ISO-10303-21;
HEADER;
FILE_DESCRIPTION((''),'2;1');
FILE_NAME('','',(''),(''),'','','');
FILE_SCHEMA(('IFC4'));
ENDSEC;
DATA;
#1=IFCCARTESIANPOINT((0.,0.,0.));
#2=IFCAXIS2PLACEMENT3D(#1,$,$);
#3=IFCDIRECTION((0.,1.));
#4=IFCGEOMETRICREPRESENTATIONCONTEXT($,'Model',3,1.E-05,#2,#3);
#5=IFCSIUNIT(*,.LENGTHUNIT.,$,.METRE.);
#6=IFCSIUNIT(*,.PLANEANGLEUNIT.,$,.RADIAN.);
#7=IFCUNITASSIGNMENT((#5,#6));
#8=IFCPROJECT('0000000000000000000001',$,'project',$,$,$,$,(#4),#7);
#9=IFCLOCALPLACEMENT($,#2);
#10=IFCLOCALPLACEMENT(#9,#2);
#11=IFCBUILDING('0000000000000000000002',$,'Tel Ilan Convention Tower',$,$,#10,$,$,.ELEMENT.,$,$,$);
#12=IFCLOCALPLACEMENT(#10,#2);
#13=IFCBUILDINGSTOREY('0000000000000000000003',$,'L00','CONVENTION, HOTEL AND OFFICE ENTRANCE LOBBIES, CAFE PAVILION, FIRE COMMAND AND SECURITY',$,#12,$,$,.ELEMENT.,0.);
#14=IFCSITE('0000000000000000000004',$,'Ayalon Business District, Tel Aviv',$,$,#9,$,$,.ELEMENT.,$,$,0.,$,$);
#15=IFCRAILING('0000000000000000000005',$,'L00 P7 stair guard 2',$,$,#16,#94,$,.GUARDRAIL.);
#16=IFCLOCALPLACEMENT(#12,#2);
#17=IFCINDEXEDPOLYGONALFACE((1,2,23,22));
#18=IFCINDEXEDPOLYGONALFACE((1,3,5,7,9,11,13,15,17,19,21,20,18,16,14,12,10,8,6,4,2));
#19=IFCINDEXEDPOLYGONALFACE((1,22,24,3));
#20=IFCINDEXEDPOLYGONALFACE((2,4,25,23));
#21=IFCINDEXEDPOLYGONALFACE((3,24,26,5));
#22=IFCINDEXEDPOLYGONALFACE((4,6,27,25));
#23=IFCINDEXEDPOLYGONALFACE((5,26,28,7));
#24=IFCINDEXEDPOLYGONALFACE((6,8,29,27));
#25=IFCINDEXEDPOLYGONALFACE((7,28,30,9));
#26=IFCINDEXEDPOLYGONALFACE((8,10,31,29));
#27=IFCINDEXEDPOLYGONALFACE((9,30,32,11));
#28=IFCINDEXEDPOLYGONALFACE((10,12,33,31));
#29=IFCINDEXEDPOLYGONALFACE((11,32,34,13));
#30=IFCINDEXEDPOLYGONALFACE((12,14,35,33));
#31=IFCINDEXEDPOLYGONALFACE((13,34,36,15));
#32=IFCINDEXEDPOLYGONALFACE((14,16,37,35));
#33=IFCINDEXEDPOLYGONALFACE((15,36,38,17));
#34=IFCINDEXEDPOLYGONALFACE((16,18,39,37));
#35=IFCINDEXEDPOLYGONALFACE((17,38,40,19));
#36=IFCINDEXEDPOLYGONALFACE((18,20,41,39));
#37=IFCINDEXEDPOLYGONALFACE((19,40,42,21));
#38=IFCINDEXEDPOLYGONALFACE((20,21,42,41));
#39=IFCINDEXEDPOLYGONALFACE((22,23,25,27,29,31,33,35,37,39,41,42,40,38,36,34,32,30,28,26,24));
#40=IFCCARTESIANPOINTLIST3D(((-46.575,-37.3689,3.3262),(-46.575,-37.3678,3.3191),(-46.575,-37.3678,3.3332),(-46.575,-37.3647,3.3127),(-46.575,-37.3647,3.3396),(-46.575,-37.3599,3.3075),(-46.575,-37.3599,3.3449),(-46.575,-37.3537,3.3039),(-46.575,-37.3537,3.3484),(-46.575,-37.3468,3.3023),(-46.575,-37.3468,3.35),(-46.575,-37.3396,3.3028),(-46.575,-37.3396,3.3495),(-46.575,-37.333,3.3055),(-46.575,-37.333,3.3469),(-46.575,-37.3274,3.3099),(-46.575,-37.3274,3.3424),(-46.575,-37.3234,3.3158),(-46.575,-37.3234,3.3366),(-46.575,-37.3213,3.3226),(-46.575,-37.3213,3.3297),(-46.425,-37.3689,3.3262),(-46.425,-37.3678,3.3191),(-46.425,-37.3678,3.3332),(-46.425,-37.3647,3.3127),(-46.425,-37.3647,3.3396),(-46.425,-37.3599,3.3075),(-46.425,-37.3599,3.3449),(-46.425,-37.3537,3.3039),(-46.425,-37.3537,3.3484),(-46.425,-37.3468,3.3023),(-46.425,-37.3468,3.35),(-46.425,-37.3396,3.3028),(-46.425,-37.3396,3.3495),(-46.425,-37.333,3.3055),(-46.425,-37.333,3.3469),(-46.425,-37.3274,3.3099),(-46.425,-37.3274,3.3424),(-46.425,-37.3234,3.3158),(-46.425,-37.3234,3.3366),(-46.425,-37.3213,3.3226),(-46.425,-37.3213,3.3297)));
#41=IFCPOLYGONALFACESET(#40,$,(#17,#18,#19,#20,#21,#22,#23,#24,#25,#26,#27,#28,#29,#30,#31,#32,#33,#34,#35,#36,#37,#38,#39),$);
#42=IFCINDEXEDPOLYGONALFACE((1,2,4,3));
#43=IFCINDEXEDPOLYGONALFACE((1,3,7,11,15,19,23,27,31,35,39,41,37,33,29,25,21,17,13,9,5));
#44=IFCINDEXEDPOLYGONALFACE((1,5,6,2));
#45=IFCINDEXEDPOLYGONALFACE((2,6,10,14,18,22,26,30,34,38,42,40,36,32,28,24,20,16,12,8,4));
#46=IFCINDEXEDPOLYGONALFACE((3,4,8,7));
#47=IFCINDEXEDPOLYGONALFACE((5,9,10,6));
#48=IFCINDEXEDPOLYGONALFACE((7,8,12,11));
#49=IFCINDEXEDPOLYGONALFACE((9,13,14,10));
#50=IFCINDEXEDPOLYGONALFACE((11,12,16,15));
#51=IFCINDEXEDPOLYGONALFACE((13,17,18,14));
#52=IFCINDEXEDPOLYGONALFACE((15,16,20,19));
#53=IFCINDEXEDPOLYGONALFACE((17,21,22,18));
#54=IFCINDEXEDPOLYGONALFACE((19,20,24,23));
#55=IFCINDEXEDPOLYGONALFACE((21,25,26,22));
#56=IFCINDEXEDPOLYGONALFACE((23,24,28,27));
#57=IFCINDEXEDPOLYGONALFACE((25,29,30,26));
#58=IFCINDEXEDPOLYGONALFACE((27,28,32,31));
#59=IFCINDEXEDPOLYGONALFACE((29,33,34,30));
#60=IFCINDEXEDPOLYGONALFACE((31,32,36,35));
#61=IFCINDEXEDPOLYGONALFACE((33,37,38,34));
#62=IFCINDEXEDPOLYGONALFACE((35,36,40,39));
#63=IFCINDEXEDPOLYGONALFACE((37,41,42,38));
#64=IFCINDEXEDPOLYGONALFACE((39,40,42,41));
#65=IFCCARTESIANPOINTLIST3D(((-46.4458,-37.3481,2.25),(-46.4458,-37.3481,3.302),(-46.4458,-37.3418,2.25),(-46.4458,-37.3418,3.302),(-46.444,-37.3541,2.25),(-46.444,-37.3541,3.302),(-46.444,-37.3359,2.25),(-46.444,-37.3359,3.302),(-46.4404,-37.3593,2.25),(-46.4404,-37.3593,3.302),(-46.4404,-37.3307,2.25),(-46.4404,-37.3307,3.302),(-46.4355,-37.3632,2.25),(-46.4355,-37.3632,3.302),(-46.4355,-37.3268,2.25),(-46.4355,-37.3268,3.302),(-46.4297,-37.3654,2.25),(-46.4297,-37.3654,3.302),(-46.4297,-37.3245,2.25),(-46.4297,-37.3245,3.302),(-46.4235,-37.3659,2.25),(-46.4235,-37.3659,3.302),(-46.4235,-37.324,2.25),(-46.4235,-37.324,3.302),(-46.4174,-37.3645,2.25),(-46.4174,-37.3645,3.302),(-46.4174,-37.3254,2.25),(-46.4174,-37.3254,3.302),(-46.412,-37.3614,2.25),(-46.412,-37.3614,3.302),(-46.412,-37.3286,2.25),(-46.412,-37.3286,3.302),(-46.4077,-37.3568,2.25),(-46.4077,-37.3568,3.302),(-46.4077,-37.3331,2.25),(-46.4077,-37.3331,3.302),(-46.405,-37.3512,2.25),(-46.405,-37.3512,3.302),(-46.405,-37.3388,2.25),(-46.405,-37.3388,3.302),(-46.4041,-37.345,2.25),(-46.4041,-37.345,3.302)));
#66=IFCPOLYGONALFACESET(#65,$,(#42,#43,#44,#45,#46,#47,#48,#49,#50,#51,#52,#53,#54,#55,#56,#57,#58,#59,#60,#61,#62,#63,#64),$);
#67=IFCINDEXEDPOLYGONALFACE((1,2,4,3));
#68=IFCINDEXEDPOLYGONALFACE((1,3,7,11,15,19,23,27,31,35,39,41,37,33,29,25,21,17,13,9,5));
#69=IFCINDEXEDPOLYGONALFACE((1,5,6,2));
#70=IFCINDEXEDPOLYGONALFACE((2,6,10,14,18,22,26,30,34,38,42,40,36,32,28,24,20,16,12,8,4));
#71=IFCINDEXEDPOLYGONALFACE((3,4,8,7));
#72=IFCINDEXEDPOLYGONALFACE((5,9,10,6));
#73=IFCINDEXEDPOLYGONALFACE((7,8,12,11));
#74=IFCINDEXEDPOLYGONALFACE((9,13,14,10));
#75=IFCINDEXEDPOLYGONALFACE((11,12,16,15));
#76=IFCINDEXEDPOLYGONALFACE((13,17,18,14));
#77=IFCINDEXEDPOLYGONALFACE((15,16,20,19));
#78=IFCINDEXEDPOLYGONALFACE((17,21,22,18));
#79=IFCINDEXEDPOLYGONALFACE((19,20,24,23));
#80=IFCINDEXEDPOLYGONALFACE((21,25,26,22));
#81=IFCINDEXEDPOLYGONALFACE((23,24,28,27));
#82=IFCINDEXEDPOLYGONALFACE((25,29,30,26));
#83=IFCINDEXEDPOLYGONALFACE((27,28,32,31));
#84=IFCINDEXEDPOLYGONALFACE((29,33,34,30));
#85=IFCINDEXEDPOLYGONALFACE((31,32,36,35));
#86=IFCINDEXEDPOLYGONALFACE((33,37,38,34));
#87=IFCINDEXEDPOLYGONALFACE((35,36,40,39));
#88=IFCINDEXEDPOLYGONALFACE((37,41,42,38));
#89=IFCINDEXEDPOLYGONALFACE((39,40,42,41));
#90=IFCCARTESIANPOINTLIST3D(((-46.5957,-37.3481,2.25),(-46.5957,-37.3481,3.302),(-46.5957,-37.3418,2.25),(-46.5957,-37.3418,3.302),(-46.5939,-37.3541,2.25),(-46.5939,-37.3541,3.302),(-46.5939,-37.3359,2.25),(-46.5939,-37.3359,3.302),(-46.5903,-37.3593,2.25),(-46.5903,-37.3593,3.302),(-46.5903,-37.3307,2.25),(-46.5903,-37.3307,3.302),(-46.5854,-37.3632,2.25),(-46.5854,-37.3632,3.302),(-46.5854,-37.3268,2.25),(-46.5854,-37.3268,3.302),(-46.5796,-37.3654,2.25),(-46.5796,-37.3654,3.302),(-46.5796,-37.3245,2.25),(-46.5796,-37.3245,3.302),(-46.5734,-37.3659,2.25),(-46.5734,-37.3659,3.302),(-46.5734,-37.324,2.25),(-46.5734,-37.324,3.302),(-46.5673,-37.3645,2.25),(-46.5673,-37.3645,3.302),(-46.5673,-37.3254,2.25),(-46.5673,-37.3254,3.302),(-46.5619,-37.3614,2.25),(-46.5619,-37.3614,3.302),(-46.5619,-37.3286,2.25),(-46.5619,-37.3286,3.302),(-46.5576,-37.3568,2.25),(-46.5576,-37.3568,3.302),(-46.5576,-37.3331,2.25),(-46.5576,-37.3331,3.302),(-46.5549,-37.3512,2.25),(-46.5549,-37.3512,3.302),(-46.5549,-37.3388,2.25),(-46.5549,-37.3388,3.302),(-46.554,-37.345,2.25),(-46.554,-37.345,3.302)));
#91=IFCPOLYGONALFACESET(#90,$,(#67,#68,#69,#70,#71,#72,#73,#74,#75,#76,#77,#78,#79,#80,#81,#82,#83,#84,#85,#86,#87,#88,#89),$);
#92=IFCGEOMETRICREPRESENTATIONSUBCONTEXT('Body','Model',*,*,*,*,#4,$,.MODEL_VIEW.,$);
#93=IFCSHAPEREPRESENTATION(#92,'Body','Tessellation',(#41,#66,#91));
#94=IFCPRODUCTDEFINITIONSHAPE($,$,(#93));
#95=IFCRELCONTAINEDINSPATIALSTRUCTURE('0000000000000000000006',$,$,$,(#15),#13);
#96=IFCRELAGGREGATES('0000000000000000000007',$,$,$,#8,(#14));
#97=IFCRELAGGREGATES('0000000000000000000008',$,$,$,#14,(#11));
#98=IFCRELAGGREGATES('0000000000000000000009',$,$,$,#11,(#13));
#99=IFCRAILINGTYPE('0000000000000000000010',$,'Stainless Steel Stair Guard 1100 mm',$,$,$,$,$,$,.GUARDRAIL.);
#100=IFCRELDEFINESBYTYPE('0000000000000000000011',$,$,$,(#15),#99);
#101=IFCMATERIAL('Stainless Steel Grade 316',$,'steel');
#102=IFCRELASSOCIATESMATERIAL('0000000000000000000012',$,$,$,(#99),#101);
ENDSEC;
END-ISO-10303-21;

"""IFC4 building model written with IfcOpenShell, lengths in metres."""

from ifc_helpers import new_model, si_unit, direction, frame, origin, origin_2d, place, context, subcontext, project, spatial, circle, extrude, material, type_object, element, save


model = new_model("IFC4")

# Units and contexts
model_context = context("Model", 3, precision=1e-05, world=origin(), true_north=direction((0.0, 1.0)))
body_context = subcontext(model_context, "Body", "Model", "MODEL_VIEW")
ifc_project = project(units=[si_unit("LENGTHUNIT", "METRE"), si_unit("PLANEANGLEUNIT", "RADIAN")], contexts=[model_context])

# Site, building, storey
site_placement = place(None, origin())
site = spatial("IfcSite", under=ifc_project, at=site_placement, Name="Ayalon Business District, Tel Aviv", CompositionType="ELEMENT", RefElevation=0.0)
building_placement = place(site_placement, origin())
building = spatial("IfcBuilding", under=site, at=building_placement, Name="Tel Ilan Convention Tower", CompositionType="ELEMENT")
storey_placement = place(building_placement, origin())
storey = spatial("IfcBuildingStorey", under=building, at=storey_placement, Name="L00", Description="CONVENTION, HOTEL AND OFFICE ENTRANCE LOBBIES, CAFE PAVILION, FIRE COMMAND AND SECURITY", CompositionType="ELEMENT", Elevation=0.0)

# Railing
ifc_material_1 = material(Name="Stainless Steel Grade 316", Category="steel")
railing_type_1 = type_object("IfcRailingType", Name="Stainless Steel Stair Guard 1100 mm", PredefinedType="GUARDRAIL", material=ifc_material_1)
railing_1_placement = place(storey_placement, frame((-46.425, -37.345, 2.25)))
element("IfcRailing", 1, at=railing_1_placement, inside=storey, type_object=railing_type_1, Name="L00 P7 stair guard 2", PredefinedType="GUARDRAIL", context=body_context, shape_type="SweptSolid", body=[
    extrude(circle(Radius=0.0239, at=origin_2d()), frame((0.0, 0.0, 1.0762), z_axis=(-1.0, 0.0, 0.0), x_axis=(0.0, -1.0, 0.0)), (0.0, 0.0, 1.0), 0.1499),
    extrude(circle(Radius=0.021, at=origin_2d()), origin(), (0.0, 0.0, 1.0), 1.052),
    extrude(circle(Radius=0.021, at=origin_2d()), frame((-0.1499, 0.0, 0.0)), (0.0, 0.0, 1.0), 1.052),
])

save(model, "model.ifc")
